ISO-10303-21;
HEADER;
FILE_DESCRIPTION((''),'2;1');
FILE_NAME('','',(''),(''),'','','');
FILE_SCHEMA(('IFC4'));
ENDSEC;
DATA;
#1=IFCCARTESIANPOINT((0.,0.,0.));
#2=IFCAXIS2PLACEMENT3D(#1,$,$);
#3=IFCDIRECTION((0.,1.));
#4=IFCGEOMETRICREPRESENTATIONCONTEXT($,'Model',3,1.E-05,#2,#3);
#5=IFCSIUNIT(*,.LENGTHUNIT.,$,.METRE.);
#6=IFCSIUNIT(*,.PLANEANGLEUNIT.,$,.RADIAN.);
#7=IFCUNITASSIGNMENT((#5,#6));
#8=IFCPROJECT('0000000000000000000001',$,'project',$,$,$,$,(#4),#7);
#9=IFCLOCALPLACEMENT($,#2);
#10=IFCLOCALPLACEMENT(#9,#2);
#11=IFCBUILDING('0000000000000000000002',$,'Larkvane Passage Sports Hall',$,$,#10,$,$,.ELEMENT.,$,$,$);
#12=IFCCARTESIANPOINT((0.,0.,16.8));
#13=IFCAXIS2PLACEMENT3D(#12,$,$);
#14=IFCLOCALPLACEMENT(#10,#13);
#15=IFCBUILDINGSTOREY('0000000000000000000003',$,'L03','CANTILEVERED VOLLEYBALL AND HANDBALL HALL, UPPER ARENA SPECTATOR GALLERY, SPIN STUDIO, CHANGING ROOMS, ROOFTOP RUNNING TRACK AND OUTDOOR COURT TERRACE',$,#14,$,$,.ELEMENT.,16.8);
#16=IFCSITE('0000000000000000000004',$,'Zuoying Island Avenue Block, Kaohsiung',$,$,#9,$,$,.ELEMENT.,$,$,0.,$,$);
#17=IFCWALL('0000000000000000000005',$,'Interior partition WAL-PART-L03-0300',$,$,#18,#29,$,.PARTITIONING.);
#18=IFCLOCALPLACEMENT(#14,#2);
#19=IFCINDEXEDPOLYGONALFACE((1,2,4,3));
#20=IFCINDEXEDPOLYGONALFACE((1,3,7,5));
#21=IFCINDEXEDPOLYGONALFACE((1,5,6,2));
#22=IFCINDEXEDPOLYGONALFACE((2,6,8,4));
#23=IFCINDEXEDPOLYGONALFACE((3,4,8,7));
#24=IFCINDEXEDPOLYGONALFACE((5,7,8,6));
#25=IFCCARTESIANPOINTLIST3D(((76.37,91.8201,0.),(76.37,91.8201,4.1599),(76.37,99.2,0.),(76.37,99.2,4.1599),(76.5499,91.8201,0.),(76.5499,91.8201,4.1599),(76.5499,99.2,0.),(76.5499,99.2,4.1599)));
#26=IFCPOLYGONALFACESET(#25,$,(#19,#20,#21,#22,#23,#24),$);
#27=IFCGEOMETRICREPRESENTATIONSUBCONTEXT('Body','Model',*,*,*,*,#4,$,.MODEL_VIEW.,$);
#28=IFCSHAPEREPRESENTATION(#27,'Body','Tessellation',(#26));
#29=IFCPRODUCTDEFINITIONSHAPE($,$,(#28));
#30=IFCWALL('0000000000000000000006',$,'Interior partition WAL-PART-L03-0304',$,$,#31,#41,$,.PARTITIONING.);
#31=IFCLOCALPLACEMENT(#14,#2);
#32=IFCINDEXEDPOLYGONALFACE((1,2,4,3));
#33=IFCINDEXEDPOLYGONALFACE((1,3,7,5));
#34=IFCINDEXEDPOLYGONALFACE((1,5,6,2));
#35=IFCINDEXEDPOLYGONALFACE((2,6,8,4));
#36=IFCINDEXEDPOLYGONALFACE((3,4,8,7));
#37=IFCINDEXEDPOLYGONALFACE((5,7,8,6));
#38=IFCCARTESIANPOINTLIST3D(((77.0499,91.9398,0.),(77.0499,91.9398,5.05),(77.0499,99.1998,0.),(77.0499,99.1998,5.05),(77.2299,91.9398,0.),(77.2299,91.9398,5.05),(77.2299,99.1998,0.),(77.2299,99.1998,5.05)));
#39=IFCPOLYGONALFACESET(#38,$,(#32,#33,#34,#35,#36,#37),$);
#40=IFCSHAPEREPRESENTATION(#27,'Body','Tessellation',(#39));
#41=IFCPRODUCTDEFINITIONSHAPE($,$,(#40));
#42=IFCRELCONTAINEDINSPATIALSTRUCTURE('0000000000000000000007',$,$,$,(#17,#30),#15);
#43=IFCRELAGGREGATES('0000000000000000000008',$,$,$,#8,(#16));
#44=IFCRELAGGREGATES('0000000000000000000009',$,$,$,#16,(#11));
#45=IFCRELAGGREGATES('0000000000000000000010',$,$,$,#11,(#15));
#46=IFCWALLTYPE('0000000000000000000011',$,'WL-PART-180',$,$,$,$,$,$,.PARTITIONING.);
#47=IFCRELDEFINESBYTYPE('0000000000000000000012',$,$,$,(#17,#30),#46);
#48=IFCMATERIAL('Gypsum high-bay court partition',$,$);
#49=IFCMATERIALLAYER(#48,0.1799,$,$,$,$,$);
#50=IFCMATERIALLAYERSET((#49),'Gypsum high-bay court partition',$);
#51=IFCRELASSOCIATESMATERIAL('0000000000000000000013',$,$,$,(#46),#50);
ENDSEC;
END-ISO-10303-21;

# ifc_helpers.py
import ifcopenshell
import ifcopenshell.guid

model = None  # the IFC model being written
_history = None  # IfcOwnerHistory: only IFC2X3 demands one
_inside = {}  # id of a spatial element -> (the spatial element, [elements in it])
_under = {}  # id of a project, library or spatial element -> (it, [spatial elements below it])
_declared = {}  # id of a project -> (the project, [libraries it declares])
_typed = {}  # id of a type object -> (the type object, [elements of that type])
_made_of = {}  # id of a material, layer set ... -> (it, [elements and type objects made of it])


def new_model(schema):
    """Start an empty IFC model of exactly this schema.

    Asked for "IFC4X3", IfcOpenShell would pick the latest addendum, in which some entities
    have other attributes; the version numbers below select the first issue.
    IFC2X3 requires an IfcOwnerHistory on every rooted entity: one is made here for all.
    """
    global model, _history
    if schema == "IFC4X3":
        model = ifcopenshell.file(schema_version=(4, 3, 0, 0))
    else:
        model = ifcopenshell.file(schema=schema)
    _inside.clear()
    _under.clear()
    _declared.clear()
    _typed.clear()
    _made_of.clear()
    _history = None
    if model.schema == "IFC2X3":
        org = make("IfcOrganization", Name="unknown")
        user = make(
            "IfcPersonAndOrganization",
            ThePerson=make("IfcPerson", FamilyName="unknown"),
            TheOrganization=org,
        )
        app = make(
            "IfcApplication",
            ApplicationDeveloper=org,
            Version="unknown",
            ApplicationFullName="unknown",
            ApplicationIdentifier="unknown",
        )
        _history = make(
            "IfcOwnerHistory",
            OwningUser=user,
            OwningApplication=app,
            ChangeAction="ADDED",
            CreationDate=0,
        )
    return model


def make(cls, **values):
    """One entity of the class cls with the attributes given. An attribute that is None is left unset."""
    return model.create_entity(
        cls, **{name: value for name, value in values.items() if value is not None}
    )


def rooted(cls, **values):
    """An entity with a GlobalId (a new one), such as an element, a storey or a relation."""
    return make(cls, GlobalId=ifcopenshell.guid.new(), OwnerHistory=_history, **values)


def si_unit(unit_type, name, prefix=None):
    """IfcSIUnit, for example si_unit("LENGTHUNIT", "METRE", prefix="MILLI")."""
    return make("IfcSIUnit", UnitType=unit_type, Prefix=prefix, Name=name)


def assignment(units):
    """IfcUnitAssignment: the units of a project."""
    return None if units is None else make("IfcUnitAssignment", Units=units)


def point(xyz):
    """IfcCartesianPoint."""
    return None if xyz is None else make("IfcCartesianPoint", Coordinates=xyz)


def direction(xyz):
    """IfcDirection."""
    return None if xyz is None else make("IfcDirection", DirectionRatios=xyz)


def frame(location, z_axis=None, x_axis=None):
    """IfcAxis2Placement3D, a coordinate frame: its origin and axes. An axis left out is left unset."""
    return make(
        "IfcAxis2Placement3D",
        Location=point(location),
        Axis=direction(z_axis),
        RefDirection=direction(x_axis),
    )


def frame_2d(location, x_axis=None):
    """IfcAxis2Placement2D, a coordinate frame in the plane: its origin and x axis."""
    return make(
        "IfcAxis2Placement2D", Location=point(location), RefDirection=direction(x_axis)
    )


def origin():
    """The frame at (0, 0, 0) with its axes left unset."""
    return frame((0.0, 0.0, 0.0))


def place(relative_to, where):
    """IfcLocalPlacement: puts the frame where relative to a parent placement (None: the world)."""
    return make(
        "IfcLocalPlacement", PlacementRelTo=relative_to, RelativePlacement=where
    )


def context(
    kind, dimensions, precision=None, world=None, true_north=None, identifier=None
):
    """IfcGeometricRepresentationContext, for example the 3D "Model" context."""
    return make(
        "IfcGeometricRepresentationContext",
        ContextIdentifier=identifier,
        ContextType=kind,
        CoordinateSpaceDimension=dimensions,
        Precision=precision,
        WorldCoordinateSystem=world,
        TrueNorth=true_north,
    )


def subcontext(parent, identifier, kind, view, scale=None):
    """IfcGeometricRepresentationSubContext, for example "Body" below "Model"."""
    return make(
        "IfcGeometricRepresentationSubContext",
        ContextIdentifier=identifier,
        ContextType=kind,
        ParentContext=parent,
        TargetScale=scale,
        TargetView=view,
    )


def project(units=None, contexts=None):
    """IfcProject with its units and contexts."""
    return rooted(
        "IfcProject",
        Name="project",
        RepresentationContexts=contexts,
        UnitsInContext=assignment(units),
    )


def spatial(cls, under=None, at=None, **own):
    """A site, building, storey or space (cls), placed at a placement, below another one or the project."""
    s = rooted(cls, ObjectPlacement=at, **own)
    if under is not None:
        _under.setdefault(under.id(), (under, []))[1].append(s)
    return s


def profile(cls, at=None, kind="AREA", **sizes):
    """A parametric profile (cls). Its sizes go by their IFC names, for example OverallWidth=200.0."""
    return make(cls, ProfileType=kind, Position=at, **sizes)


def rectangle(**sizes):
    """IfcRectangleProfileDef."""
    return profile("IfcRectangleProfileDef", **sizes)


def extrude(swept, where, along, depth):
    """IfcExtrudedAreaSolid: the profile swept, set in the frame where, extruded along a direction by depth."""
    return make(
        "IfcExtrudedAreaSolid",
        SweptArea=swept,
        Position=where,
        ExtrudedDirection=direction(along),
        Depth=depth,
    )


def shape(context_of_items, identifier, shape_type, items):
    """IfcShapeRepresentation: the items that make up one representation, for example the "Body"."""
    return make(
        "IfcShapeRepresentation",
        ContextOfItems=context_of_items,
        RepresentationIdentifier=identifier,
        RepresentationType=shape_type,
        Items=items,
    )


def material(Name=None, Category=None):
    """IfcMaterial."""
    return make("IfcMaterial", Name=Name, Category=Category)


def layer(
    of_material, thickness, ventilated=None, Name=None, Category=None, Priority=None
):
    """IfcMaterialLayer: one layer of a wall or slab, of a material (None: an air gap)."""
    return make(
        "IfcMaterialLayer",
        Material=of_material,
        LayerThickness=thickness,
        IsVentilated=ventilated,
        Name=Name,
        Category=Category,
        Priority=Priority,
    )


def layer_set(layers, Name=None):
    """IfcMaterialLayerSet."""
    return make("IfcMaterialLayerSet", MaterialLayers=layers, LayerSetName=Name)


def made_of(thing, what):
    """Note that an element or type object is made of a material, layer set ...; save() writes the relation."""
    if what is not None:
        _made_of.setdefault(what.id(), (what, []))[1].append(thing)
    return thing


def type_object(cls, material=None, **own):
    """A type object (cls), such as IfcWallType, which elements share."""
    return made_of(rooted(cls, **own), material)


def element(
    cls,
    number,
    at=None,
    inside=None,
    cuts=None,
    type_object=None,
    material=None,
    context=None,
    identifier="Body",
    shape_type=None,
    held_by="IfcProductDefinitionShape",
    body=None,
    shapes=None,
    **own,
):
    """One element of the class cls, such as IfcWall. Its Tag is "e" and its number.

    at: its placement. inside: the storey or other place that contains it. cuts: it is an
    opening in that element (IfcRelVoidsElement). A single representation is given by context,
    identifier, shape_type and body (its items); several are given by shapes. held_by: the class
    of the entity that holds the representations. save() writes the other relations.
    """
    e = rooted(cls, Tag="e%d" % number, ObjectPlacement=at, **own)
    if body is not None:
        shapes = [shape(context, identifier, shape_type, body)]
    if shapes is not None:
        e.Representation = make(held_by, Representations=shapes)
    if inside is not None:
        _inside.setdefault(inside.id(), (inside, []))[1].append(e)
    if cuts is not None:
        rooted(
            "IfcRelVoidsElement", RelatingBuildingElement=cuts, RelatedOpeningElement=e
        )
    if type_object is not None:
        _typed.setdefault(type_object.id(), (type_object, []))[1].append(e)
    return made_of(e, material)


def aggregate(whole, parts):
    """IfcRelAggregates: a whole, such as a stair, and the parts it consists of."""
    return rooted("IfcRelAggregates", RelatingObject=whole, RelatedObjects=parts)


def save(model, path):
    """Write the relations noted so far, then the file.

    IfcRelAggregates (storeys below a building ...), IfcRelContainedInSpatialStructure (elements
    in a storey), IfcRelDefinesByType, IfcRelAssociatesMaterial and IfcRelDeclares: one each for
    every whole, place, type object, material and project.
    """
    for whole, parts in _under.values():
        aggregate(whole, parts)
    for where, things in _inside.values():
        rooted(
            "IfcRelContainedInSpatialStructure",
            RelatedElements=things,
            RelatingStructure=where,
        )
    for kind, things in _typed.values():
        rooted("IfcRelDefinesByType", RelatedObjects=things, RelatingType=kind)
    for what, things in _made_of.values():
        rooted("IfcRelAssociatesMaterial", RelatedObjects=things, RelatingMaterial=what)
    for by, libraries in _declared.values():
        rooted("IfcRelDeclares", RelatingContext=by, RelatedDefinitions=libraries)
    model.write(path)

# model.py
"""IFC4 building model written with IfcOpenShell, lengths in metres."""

from ifc_helpers import new_model, si_unit, direction, frame, frame_2d, origin, place, context, subcontext, project, spatial, rectangle, extrude, material, layer, layer_set, type_object, element, save


model = new_model("IFC4")

# Units and contexts
model_context = context("Model", 3, precision=1e-05, world=origin(), true_north=direction((0.0, 1.0)))
body_context = subcontext(model_context, "Body", "Model", "MODEL_VIEW")
ifc_project = project(units=[si_unit("LENGTHUNIT", "METRE"), si_unit("PLANEANGLEUNIT", "RADIAN")], contexts=[model_context])

# Site, building, storey
site_placement = place(None, origin())
site = spatial("IfcSite", under=ifc_project, at=site_placement, Name="Zuoying Island Avenue Block, Kaohsiung", CompositionType="ELEMENT", RefElevation=0.0)
building_placement = place(site_placement, origin())
building = spatial("IfcBuilding", under=site, at=building_placement, Name="Larkvane Passage Sports Hall", CompositionType="ELEMENT")
storey_placement = place(building_placement, frame((0.0, 0.0, 16.8)))
storey = spatial("IfcBuildingStorey", under=building, at=storey_placement, Name="L03", Description="CANTILEVERED VOLLEYBALL AND HANDBALL HALL, UPPER ARENA SPECTATOR GALLERY, SPIN STUDIO, CHANGING ROOMS, ROOFTOP RUNNING TRACK AND OUTDOOR COURT TERRACE", CompositionType="ELEMENT", Elevation=16.8)

# Walls
ifc_material_1 = material(Name="Gypsum high-bay court partition")
ifc_layer_1 = layer(ifc_material_1, 0.1799)
ifc_layer_set_1 = layer_set([ifc_layer_1], Name="Gypsum high-bay court partition")
wall_type_1 = type_object("IfcWallType", Name="WL-PART-180", PredefinedType="PARTITIONING", material=ifc_layer_set_1)
wall_1_placement = place(storey_placement, frame((76.46, 99.2, 0.0), z_axis=(0.0, 0.0, 1.0), x_axis=(0.0, -1.0, 0.0)))
element("IfcWall", 1, at=wall_1_placement, inside=storey, type_object=wall_type_1, Name="Interior partition WAL-PART-L03-0300", PredefinedType="PARTITIONING", context=body_context, shape_type="SweptSolid", body=[
    extrude(rectangle(XDim=7.3799, YDim=0.1799, at=frame_2d((3.6899, 0.0))), origin(), (0.0, 0.0, 1.0), 4.1599),
])
wall_2_placement = place(storey_placement, frame((77.1399, 91.9399, 0.0), z_axis=(0.0, 0.0, 1.0), x_axis=(0.0, 1.0, 0.0)))
element("IfcWall", 2, at=wall_2_placement, inside=storey, type_object=wall_type_1, Name="Interior partition WAL-PART-L03-0304", PredefinedType="PARTITIONING", context=body_context, shape_type="SweptSolid", body=[
    extrude(rectangle(XDim=7.26, YDim=0.1799, at=frame_2d((3.6299, 0.0))), origin(), (0.0, 0.0, 1.0), 5.05),
])

save(model, "model.ifc")
